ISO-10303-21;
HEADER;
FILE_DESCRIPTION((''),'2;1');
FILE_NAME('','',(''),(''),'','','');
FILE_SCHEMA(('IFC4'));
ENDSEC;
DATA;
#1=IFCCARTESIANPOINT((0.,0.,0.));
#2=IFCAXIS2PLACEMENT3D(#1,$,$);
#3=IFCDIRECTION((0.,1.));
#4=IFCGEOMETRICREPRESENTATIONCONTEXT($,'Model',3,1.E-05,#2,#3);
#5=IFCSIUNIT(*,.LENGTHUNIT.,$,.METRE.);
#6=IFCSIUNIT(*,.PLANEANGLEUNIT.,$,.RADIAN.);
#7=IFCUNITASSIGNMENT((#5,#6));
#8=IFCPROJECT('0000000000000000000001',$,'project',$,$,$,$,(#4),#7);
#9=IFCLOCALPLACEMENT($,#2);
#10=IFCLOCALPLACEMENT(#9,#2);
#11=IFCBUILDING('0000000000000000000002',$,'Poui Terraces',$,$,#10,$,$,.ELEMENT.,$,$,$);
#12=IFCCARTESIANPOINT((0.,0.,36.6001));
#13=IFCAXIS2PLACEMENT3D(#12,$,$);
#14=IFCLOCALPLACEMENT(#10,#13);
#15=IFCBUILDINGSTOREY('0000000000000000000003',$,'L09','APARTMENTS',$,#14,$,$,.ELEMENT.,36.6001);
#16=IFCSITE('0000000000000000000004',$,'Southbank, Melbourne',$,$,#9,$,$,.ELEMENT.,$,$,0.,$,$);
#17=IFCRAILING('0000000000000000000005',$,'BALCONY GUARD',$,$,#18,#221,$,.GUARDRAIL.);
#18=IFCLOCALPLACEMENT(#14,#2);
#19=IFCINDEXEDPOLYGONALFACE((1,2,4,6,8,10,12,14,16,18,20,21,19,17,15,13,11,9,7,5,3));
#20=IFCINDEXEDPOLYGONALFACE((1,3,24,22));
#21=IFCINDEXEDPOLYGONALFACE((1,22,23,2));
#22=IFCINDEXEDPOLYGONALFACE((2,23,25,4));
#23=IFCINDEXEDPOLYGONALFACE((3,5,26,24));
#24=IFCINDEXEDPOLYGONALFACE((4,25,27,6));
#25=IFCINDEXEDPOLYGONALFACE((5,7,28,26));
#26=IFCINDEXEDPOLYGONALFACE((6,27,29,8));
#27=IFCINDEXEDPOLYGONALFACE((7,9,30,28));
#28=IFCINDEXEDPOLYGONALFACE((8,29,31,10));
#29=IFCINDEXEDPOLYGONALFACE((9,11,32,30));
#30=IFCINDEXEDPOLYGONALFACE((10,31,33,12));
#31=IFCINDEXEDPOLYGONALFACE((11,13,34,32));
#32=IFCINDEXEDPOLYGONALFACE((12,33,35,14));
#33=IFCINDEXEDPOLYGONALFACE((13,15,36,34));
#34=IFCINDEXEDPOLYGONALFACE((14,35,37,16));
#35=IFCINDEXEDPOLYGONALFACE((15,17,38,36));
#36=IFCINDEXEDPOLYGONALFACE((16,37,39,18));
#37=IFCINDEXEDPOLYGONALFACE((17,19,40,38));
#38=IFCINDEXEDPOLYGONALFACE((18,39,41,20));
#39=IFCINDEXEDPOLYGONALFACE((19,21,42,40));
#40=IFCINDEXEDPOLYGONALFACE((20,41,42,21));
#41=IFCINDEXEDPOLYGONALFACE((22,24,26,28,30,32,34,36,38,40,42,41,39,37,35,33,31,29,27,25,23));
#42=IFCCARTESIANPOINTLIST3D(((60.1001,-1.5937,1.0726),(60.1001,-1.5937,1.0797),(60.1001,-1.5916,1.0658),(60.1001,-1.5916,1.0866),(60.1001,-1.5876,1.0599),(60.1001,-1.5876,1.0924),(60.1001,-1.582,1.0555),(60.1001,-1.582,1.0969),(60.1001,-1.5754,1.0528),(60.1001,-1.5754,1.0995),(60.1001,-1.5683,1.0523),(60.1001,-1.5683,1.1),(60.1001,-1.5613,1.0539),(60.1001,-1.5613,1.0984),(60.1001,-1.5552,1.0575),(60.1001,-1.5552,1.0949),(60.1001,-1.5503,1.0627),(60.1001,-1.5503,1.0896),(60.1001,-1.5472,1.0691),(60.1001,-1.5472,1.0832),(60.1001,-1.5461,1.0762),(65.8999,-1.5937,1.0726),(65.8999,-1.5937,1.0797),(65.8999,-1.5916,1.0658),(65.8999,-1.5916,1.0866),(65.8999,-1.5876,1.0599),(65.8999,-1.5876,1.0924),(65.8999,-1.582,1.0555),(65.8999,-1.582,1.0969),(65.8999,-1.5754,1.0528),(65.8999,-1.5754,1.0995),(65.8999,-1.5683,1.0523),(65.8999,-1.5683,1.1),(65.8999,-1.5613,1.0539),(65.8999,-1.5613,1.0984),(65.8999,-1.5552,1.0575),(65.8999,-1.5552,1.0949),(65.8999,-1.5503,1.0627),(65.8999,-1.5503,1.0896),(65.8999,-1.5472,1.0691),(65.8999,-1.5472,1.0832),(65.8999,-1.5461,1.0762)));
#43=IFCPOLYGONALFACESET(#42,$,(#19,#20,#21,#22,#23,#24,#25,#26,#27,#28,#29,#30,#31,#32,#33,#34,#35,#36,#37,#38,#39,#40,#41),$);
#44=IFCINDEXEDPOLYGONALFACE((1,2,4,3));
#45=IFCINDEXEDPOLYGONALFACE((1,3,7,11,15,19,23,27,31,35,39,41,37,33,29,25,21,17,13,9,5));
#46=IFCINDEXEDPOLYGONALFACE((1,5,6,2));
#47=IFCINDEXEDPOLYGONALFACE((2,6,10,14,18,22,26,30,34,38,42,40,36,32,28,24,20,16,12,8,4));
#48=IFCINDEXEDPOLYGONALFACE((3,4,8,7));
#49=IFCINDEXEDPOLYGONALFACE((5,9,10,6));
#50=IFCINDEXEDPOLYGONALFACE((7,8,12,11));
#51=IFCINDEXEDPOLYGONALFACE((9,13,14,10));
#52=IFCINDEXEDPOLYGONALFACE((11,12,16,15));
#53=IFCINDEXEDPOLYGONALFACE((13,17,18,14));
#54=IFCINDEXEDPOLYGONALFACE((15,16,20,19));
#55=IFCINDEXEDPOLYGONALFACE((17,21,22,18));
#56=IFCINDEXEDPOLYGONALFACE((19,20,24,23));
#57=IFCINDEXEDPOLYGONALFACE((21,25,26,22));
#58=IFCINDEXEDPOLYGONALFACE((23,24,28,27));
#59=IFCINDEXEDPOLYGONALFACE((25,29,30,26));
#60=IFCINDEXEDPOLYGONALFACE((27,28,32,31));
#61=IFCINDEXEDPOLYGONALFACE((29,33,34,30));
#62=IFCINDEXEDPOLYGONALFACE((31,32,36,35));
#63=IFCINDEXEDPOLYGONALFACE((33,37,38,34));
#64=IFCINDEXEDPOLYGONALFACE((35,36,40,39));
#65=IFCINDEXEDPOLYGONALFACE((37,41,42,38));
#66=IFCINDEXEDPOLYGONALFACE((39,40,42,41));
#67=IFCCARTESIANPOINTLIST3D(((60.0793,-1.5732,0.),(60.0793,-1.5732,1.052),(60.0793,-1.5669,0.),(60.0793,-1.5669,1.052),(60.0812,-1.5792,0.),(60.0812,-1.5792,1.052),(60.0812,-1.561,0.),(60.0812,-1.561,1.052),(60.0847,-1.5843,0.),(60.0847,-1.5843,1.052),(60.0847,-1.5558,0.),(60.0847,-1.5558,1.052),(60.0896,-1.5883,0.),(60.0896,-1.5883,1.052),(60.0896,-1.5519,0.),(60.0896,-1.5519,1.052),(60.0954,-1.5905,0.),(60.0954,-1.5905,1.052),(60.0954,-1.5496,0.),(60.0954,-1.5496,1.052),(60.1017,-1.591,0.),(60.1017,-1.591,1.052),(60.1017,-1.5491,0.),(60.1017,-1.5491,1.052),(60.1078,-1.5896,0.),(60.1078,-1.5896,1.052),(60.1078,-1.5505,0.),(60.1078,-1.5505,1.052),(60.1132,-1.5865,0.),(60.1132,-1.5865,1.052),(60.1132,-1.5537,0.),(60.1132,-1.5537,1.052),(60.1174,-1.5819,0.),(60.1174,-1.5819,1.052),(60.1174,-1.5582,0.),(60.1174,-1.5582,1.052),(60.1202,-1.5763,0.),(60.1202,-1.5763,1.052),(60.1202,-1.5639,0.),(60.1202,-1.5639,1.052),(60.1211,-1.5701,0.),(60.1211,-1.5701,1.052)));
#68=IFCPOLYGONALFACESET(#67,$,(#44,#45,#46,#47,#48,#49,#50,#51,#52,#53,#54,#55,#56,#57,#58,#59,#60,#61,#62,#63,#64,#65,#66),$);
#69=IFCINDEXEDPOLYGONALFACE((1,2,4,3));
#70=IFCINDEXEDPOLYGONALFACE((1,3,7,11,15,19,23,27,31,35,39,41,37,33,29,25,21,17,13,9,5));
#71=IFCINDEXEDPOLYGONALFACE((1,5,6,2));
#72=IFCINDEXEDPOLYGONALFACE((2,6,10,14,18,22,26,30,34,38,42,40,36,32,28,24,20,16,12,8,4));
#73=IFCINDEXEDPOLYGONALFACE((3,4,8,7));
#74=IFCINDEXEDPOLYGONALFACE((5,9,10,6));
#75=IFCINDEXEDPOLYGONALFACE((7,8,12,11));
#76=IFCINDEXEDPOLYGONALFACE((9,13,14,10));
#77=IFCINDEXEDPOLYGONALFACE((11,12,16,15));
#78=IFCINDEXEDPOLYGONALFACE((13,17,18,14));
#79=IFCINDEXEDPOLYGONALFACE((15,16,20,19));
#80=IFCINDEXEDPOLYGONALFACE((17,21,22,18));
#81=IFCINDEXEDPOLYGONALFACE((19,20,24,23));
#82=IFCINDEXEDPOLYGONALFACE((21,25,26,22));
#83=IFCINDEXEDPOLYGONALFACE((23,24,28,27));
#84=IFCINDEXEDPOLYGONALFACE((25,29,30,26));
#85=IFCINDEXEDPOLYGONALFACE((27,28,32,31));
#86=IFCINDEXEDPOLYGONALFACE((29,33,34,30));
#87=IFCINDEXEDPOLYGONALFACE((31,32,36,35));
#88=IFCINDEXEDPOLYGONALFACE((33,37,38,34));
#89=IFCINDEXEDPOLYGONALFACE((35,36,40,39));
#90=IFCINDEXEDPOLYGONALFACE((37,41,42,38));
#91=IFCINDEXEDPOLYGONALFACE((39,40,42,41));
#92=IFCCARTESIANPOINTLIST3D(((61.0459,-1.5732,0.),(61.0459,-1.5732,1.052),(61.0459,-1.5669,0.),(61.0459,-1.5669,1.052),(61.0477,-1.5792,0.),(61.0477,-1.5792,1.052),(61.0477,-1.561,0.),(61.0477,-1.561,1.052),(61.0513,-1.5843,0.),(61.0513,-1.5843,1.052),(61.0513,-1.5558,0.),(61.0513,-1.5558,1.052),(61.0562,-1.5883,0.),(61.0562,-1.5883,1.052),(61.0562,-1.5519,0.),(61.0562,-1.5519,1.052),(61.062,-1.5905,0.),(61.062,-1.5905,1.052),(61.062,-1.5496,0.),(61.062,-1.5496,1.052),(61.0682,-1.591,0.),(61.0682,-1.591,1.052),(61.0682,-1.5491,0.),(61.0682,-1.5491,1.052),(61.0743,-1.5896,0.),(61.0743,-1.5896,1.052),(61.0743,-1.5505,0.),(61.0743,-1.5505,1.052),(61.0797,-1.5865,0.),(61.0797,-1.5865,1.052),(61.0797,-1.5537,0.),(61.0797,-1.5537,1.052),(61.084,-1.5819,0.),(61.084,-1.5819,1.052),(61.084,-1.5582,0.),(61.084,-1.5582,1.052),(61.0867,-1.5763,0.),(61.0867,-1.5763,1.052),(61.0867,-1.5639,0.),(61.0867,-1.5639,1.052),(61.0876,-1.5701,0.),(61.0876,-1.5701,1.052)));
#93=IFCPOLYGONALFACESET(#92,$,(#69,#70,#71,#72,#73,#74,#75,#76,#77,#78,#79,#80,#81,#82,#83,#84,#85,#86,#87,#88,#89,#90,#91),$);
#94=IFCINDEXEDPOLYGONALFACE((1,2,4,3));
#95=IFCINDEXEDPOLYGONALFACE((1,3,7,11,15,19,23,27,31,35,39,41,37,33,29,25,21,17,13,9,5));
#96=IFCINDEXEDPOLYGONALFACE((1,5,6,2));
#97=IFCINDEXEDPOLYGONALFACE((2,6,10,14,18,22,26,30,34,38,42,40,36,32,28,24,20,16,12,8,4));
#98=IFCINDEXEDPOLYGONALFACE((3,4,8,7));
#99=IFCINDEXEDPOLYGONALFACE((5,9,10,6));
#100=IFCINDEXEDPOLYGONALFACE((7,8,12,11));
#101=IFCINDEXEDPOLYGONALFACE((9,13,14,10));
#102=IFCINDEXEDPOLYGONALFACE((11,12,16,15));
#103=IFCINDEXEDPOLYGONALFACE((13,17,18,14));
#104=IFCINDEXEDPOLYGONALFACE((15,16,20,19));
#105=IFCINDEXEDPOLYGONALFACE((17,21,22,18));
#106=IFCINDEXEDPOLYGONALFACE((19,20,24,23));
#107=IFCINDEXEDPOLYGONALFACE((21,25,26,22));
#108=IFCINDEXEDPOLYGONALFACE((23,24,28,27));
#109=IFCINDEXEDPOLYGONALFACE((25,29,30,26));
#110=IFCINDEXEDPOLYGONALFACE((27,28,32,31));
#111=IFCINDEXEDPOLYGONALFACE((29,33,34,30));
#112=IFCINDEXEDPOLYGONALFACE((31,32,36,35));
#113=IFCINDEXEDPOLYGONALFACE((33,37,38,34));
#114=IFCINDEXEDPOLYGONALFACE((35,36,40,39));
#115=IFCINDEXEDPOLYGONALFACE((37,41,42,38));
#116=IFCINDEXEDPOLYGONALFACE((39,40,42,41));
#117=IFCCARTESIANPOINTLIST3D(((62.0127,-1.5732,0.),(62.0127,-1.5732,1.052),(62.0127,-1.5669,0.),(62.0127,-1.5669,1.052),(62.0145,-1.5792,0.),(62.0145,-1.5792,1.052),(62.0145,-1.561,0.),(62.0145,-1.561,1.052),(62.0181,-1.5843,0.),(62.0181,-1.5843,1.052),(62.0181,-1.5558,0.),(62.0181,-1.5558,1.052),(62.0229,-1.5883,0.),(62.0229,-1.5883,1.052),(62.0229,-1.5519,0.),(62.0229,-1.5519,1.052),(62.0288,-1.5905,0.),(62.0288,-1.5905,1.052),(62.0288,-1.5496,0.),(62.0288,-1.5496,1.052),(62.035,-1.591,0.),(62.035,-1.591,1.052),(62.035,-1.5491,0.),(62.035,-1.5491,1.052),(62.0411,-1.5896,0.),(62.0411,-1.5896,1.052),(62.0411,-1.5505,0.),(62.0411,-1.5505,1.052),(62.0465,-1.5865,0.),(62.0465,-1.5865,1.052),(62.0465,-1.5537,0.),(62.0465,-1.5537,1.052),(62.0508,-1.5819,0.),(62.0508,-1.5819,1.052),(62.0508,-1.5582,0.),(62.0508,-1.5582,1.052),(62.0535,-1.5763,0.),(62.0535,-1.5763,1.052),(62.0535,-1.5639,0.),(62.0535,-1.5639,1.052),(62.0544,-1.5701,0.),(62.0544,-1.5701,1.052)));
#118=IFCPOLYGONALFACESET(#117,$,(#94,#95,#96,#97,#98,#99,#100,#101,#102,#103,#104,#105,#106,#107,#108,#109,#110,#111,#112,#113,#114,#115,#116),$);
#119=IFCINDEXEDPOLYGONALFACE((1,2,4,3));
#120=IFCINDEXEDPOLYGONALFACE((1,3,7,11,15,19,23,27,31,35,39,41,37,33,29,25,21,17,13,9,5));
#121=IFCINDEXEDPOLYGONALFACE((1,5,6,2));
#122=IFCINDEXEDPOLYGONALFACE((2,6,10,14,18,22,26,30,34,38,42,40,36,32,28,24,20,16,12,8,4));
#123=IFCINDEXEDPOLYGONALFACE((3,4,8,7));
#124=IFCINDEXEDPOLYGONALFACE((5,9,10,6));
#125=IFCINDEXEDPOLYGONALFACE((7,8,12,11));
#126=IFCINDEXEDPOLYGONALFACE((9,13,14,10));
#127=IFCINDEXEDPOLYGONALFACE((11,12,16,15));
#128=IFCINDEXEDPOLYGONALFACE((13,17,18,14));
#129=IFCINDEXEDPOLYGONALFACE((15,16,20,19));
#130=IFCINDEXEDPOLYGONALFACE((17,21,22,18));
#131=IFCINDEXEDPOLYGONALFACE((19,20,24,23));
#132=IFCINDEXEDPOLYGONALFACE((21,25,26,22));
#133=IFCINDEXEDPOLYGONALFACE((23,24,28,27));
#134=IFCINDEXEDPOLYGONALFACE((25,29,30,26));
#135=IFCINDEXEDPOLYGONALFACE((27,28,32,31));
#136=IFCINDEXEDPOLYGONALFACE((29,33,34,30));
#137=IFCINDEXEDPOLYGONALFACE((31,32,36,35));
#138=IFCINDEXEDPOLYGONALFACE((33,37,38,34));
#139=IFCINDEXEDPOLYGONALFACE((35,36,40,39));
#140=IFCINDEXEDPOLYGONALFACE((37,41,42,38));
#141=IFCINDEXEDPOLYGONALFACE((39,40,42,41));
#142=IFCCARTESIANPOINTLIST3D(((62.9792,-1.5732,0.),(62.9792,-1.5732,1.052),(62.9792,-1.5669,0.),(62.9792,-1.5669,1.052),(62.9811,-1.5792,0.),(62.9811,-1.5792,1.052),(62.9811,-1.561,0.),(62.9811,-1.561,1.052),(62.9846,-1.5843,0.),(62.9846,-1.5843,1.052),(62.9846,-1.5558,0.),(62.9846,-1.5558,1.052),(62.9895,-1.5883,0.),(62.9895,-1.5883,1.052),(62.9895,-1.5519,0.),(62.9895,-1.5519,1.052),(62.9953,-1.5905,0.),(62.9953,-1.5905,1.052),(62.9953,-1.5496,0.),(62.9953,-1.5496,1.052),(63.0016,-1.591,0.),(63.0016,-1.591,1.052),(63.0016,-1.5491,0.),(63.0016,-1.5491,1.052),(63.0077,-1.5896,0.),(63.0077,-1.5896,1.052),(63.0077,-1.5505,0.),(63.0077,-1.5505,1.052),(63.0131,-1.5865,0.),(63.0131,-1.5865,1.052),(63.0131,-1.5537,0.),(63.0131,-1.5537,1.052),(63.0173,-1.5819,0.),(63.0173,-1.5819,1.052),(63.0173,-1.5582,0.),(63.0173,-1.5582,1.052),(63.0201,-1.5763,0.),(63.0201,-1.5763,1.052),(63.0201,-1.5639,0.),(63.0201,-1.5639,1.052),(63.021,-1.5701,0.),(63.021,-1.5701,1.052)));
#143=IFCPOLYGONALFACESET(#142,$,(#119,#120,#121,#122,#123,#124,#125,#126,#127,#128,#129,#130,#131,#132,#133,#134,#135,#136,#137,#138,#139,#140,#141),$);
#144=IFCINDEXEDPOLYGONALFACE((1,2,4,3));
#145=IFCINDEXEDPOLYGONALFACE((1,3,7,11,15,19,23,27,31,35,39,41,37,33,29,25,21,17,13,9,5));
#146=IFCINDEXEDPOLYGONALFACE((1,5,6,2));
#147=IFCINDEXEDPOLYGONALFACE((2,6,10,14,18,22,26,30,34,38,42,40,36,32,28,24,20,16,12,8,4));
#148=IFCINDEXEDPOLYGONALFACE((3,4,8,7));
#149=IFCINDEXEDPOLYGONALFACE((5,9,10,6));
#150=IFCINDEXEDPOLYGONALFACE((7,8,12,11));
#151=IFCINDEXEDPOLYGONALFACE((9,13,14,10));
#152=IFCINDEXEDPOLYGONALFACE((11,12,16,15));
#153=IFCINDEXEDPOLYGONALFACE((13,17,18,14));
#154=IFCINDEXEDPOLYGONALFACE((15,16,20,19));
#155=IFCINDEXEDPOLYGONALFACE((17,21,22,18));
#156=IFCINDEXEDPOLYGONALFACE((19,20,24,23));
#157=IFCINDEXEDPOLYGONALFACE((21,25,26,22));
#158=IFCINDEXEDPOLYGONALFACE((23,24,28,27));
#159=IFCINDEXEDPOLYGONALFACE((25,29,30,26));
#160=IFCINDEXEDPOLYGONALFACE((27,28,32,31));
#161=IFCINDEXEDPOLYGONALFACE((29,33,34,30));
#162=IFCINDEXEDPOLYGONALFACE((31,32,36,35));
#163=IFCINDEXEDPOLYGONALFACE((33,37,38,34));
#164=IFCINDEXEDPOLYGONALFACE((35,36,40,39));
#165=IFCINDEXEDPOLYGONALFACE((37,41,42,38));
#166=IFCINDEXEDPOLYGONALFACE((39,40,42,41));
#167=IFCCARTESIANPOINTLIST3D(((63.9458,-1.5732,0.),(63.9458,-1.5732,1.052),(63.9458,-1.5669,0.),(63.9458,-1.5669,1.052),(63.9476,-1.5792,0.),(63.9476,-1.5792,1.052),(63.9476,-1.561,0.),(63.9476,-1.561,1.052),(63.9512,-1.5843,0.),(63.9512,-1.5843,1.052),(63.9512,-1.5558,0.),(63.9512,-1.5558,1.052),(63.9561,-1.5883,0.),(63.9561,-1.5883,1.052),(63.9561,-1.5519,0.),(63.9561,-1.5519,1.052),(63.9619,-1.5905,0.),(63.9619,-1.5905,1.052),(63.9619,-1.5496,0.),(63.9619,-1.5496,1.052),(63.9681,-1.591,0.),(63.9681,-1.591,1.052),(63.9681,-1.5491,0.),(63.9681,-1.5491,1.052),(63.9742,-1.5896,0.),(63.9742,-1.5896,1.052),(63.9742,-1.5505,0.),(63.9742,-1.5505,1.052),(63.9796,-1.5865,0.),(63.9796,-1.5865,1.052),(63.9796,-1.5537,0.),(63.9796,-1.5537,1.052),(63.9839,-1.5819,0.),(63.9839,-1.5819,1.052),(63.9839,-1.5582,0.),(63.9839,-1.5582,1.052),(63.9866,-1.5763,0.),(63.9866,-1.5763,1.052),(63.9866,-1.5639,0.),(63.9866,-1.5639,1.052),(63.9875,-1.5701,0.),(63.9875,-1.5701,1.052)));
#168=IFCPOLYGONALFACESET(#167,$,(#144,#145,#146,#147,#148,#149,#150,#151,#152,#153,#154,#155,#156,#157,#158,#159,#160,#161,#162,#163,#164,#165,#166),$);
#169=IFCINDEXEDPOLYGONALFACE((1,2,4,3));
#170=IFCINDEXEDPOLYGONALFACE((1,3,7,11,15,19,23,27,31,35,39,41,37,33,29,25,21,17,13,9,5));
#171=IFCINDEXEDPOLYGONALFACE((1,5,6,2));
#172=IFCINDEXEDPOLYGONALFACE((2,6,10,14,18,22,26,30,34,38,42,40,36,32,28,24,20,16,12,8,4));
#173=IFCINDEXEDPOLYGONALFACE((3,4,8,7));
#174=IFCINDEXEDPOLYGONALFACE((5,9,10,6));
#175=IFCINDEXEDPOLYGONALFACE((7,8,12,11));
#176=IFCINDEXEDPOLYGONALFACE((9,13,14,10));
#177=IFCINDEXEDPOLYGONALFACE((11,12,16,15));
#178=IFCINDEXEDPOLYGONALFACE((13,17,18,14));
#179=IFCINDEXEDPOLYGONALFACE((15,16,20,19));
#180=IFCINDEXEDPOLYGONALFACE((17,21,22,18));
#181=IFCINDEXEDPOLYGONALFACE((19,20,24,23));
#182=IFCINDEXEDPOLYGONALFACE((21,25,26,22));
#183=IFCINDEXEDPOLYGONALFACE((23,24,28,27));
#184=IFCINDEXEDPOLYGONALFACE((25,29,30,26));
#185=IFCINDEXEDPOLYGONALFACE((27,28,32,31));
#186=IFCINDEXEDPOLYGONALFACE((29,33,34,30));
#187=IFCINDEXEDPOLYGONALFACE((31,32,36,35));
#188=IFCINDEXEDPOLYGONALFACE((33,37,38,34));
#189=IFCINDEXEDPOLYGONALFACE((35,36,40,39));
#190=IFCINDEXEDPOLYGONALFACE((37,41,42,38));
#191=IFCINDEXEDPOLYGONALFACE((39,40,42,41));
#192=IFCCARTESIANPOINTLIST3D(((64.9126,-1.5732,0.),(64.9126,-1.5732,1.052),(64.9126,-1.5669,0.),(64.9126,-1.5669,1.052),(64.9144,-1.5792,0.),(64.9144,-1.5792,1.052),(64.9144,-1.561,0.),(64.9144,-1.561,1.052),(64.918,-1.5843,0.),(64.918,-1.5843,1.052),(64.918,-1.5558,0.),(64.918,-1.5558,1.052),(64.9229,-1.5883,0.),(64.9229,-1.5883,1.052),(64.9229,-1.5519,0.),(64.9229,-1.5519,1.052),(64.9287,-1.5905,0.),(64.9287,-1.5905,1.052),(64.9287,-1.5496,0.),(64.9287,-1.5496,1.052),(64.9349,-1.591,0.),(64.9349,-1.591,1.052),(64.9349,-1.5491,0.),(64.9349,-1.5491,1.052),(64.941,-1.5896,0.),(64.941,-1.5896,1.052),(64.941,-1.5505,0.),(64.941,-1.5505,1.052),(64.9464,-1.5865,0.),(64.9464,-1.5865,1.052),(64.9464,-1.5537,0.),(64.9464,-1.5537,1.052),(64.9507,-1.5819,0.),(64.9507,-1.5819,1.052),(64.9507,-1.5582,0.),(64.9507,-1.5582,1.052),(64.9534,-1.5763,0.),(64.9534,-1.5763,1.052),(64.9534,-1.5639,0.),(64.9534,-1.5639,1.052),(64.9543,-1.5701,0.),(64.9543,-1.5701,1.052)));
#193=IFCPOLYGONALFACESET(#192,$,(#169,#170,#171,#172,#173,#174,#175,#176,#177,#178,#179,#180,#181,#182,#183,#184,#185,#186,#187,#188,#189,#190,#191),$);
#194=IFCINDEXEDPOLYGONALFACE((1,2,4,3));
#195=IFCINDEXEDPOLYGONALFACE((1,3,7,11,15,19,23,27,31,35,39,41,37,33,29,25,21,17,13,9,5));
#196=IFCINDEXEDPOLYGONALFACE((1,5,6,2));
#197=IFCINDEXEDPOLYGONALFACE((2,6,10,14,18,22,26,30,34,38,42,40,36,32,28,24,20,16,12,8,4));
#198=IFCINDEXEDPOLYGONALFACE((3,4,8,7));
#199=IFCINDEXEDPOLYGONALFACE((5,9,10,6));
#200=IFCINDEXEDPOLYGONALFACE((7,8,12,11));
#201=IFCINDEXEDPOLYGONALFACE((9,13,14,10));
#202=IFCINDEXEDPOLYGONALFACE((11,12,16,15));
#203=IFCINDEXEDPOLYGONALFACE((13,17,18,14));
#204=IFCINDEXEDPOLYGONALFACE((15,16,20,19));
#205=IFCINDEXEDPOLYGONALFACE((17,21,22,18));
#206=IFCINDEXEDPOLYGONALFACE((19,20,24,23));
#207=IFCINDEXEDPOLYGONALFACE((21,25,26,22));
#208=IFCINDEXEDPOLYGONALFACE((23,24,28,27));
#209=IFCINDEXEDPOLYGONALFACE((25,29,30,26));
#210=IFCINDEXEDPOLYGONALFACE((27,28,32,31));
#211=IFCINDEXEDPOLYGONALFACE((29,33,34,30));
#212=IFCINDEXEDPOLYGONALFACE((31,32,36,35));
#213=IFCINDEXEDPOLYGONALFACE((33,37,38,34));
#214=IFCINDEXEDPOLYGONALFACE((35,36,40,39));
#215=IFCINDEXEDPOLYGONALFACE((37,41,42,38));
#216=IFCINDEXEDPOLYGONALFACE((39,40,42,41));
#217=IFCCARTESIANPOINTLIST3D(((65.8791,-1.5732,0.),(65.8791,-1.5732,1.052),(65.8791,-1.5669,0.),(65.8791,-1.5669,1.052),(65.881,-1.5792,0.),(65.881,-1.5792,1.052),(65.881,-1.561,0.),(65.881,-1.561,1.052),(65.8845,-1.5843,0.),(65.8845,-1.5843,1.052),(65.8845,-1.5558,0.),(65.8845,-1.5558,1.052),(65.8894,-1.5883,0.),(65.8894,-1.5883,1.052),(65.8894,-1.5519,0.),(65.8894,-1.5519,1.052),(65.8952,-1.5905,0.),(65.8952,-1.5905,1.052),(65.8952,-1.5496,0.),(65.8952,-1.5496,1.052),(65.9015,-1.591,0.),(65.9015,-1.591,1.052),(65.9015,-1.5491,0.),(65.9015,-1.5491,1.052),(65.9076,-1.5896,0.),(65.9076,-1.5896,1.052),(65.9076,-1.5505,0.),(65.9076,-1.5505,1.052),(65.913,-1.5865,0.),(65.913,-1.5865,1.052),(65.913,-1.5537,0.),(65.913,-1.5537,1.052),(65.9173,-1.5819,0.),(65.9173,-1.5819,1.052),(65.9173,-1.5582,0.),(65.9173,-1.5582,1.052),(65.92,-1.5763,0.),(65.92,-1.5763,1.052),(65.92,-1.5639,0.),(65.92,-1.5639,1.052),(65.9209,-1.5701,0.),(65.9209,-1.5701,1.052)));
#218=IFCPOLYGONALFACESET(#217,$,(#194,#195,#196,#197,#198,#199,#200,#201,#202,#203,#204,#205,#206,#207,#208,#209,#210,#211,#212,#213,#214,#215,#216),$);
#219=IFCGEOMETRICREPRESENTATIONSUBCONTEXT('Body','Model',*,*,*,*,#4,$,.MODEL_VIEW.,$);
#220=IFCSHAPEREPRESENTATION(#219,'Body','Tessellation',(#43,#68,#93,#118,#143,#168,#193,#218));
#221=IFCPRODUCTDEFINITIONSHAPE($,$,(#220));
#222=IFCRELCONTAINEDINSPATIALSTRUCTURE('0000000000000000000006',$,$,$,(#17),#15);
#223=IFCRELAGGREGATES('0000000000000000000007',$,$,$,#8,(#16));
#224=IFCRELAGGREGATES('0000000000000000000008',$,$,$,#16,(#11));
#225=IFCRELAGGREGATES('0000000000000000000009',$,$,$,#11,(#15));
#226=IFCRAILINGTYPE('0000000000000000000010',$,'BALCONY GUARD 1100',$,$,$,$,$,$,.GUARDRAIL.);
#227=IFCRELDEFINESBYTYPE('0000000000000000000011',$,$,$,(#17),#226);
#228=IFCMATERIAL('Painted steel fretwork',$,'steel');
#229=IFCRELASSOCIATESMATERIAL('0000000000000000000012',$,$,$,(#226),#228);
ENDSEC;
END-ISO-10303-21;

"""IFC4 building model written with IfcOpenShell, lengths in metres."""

from ifc_helpers import new_model, si_unit, direction, frame, origin, origin_2d, place, context, subcontext, project, spatial, circle, extrude, material, type_object, element, save


model = new_model("IFC4")

# Units and contexts
model_context = context("Model", 3, precision=1e-05, world=origin(), true_north=direction((0.0, 1.0)))
body_context = subcontext(model_context, "Body", "Model", "MODEL_VIEW")
ifc_project = project(units=[si_unit("LENGTHUNIT", "METRE"), si_unit("PLANEANGLEUNIT", "RADIAN")], contexts=[model_context])

# Site, building, storey
site_placement = place(None, origin())
site = spatial("IfcSite", under=ifc_project, at=site_placement, Name="Southbank, Melbourne", CompositionType="ELEMENT", RefElevation=0.0)
building_placement = place(site_placement, origin())
building = spatial("IfcBuilding", under=site, at=building_placement, Name="Poui Terraces", CompositionType="ELEMENT")
storey_placement = place(building_placement, frame((0.0, 0.0, 36.6001)))
storey = spatial("IfcBuildingStorey", under=building, at=storey_placement, Name="L09", Description="APARTMENTS", CompositionType="ELEMENT", Elevation=36.6001)

# Railing
ifc_material_1 = material(Name="Painted steel fretwork", Category="steel")
railing_type = type_object("IfcRailingType", Name="BALCONY GUARD 1100", PredefinedType="GUARDRAIL", material=ifc_material_1)
railing_placement = place(storey_placement, frame((60.1001, -1.5701, 0.0)))
element("IfcRailing", 1, at=railing_placement, inside=storey, type_object=railing_type, Name="BALCONY GUARD", PredefinedType="GUARDRAIL", context=body_context, shape_type="SweptSolid", body=[
    extrude(circle(Radius=0.0239, at=origin_2d()), frame((0.0, 0.0, 1.0762), z_axis=(1.0, 0.0, 0.0), x_axis=(0.0, 1.0, 0.0)), (0.0, 0.0, 1.0), 5.7998),
    extrude(circle(Radius=0.021, at=origin_2d()), origin(), (0.0, 0.0, 1.0), 1.052),
    extrude(circle(Radius=0.021, at=origin_2d()), frame((0.9666, 0.0, 0.0)), (0.0, 0.0, 1.0), 1.052),
    extrude(circle(Radius=0.021, at=origin_2d()), frame((1.9333, 0.0, 0.0)), (0.0, 0.0, 1.0), 1.052),
    extrude(circle(Radius=0.021, at=origin_2d()), frame((2.8999, 0.0, 0.0)), (0.0, 0.0, 1.0), 1.052),
    extrude(circle(Radius=0.021, at=origin_2d()), frame((3.8665, 0.0, 0.0)), (0.0, 0.0, 1.0), 1.052),
    extrude(circle(Radius=0.021, at=origin_2d()), frame((4.8333, 0.0, 0.0)), (0.0, 0.0, 1.0), 1.052),
    extrude(circle(Radius=0.021, at=origin_2d()), frame((5.7998, 0.0, 0.0)), (0.0, 0.0, 1.0), 1.052),
])

save(model, "model.ifc")
